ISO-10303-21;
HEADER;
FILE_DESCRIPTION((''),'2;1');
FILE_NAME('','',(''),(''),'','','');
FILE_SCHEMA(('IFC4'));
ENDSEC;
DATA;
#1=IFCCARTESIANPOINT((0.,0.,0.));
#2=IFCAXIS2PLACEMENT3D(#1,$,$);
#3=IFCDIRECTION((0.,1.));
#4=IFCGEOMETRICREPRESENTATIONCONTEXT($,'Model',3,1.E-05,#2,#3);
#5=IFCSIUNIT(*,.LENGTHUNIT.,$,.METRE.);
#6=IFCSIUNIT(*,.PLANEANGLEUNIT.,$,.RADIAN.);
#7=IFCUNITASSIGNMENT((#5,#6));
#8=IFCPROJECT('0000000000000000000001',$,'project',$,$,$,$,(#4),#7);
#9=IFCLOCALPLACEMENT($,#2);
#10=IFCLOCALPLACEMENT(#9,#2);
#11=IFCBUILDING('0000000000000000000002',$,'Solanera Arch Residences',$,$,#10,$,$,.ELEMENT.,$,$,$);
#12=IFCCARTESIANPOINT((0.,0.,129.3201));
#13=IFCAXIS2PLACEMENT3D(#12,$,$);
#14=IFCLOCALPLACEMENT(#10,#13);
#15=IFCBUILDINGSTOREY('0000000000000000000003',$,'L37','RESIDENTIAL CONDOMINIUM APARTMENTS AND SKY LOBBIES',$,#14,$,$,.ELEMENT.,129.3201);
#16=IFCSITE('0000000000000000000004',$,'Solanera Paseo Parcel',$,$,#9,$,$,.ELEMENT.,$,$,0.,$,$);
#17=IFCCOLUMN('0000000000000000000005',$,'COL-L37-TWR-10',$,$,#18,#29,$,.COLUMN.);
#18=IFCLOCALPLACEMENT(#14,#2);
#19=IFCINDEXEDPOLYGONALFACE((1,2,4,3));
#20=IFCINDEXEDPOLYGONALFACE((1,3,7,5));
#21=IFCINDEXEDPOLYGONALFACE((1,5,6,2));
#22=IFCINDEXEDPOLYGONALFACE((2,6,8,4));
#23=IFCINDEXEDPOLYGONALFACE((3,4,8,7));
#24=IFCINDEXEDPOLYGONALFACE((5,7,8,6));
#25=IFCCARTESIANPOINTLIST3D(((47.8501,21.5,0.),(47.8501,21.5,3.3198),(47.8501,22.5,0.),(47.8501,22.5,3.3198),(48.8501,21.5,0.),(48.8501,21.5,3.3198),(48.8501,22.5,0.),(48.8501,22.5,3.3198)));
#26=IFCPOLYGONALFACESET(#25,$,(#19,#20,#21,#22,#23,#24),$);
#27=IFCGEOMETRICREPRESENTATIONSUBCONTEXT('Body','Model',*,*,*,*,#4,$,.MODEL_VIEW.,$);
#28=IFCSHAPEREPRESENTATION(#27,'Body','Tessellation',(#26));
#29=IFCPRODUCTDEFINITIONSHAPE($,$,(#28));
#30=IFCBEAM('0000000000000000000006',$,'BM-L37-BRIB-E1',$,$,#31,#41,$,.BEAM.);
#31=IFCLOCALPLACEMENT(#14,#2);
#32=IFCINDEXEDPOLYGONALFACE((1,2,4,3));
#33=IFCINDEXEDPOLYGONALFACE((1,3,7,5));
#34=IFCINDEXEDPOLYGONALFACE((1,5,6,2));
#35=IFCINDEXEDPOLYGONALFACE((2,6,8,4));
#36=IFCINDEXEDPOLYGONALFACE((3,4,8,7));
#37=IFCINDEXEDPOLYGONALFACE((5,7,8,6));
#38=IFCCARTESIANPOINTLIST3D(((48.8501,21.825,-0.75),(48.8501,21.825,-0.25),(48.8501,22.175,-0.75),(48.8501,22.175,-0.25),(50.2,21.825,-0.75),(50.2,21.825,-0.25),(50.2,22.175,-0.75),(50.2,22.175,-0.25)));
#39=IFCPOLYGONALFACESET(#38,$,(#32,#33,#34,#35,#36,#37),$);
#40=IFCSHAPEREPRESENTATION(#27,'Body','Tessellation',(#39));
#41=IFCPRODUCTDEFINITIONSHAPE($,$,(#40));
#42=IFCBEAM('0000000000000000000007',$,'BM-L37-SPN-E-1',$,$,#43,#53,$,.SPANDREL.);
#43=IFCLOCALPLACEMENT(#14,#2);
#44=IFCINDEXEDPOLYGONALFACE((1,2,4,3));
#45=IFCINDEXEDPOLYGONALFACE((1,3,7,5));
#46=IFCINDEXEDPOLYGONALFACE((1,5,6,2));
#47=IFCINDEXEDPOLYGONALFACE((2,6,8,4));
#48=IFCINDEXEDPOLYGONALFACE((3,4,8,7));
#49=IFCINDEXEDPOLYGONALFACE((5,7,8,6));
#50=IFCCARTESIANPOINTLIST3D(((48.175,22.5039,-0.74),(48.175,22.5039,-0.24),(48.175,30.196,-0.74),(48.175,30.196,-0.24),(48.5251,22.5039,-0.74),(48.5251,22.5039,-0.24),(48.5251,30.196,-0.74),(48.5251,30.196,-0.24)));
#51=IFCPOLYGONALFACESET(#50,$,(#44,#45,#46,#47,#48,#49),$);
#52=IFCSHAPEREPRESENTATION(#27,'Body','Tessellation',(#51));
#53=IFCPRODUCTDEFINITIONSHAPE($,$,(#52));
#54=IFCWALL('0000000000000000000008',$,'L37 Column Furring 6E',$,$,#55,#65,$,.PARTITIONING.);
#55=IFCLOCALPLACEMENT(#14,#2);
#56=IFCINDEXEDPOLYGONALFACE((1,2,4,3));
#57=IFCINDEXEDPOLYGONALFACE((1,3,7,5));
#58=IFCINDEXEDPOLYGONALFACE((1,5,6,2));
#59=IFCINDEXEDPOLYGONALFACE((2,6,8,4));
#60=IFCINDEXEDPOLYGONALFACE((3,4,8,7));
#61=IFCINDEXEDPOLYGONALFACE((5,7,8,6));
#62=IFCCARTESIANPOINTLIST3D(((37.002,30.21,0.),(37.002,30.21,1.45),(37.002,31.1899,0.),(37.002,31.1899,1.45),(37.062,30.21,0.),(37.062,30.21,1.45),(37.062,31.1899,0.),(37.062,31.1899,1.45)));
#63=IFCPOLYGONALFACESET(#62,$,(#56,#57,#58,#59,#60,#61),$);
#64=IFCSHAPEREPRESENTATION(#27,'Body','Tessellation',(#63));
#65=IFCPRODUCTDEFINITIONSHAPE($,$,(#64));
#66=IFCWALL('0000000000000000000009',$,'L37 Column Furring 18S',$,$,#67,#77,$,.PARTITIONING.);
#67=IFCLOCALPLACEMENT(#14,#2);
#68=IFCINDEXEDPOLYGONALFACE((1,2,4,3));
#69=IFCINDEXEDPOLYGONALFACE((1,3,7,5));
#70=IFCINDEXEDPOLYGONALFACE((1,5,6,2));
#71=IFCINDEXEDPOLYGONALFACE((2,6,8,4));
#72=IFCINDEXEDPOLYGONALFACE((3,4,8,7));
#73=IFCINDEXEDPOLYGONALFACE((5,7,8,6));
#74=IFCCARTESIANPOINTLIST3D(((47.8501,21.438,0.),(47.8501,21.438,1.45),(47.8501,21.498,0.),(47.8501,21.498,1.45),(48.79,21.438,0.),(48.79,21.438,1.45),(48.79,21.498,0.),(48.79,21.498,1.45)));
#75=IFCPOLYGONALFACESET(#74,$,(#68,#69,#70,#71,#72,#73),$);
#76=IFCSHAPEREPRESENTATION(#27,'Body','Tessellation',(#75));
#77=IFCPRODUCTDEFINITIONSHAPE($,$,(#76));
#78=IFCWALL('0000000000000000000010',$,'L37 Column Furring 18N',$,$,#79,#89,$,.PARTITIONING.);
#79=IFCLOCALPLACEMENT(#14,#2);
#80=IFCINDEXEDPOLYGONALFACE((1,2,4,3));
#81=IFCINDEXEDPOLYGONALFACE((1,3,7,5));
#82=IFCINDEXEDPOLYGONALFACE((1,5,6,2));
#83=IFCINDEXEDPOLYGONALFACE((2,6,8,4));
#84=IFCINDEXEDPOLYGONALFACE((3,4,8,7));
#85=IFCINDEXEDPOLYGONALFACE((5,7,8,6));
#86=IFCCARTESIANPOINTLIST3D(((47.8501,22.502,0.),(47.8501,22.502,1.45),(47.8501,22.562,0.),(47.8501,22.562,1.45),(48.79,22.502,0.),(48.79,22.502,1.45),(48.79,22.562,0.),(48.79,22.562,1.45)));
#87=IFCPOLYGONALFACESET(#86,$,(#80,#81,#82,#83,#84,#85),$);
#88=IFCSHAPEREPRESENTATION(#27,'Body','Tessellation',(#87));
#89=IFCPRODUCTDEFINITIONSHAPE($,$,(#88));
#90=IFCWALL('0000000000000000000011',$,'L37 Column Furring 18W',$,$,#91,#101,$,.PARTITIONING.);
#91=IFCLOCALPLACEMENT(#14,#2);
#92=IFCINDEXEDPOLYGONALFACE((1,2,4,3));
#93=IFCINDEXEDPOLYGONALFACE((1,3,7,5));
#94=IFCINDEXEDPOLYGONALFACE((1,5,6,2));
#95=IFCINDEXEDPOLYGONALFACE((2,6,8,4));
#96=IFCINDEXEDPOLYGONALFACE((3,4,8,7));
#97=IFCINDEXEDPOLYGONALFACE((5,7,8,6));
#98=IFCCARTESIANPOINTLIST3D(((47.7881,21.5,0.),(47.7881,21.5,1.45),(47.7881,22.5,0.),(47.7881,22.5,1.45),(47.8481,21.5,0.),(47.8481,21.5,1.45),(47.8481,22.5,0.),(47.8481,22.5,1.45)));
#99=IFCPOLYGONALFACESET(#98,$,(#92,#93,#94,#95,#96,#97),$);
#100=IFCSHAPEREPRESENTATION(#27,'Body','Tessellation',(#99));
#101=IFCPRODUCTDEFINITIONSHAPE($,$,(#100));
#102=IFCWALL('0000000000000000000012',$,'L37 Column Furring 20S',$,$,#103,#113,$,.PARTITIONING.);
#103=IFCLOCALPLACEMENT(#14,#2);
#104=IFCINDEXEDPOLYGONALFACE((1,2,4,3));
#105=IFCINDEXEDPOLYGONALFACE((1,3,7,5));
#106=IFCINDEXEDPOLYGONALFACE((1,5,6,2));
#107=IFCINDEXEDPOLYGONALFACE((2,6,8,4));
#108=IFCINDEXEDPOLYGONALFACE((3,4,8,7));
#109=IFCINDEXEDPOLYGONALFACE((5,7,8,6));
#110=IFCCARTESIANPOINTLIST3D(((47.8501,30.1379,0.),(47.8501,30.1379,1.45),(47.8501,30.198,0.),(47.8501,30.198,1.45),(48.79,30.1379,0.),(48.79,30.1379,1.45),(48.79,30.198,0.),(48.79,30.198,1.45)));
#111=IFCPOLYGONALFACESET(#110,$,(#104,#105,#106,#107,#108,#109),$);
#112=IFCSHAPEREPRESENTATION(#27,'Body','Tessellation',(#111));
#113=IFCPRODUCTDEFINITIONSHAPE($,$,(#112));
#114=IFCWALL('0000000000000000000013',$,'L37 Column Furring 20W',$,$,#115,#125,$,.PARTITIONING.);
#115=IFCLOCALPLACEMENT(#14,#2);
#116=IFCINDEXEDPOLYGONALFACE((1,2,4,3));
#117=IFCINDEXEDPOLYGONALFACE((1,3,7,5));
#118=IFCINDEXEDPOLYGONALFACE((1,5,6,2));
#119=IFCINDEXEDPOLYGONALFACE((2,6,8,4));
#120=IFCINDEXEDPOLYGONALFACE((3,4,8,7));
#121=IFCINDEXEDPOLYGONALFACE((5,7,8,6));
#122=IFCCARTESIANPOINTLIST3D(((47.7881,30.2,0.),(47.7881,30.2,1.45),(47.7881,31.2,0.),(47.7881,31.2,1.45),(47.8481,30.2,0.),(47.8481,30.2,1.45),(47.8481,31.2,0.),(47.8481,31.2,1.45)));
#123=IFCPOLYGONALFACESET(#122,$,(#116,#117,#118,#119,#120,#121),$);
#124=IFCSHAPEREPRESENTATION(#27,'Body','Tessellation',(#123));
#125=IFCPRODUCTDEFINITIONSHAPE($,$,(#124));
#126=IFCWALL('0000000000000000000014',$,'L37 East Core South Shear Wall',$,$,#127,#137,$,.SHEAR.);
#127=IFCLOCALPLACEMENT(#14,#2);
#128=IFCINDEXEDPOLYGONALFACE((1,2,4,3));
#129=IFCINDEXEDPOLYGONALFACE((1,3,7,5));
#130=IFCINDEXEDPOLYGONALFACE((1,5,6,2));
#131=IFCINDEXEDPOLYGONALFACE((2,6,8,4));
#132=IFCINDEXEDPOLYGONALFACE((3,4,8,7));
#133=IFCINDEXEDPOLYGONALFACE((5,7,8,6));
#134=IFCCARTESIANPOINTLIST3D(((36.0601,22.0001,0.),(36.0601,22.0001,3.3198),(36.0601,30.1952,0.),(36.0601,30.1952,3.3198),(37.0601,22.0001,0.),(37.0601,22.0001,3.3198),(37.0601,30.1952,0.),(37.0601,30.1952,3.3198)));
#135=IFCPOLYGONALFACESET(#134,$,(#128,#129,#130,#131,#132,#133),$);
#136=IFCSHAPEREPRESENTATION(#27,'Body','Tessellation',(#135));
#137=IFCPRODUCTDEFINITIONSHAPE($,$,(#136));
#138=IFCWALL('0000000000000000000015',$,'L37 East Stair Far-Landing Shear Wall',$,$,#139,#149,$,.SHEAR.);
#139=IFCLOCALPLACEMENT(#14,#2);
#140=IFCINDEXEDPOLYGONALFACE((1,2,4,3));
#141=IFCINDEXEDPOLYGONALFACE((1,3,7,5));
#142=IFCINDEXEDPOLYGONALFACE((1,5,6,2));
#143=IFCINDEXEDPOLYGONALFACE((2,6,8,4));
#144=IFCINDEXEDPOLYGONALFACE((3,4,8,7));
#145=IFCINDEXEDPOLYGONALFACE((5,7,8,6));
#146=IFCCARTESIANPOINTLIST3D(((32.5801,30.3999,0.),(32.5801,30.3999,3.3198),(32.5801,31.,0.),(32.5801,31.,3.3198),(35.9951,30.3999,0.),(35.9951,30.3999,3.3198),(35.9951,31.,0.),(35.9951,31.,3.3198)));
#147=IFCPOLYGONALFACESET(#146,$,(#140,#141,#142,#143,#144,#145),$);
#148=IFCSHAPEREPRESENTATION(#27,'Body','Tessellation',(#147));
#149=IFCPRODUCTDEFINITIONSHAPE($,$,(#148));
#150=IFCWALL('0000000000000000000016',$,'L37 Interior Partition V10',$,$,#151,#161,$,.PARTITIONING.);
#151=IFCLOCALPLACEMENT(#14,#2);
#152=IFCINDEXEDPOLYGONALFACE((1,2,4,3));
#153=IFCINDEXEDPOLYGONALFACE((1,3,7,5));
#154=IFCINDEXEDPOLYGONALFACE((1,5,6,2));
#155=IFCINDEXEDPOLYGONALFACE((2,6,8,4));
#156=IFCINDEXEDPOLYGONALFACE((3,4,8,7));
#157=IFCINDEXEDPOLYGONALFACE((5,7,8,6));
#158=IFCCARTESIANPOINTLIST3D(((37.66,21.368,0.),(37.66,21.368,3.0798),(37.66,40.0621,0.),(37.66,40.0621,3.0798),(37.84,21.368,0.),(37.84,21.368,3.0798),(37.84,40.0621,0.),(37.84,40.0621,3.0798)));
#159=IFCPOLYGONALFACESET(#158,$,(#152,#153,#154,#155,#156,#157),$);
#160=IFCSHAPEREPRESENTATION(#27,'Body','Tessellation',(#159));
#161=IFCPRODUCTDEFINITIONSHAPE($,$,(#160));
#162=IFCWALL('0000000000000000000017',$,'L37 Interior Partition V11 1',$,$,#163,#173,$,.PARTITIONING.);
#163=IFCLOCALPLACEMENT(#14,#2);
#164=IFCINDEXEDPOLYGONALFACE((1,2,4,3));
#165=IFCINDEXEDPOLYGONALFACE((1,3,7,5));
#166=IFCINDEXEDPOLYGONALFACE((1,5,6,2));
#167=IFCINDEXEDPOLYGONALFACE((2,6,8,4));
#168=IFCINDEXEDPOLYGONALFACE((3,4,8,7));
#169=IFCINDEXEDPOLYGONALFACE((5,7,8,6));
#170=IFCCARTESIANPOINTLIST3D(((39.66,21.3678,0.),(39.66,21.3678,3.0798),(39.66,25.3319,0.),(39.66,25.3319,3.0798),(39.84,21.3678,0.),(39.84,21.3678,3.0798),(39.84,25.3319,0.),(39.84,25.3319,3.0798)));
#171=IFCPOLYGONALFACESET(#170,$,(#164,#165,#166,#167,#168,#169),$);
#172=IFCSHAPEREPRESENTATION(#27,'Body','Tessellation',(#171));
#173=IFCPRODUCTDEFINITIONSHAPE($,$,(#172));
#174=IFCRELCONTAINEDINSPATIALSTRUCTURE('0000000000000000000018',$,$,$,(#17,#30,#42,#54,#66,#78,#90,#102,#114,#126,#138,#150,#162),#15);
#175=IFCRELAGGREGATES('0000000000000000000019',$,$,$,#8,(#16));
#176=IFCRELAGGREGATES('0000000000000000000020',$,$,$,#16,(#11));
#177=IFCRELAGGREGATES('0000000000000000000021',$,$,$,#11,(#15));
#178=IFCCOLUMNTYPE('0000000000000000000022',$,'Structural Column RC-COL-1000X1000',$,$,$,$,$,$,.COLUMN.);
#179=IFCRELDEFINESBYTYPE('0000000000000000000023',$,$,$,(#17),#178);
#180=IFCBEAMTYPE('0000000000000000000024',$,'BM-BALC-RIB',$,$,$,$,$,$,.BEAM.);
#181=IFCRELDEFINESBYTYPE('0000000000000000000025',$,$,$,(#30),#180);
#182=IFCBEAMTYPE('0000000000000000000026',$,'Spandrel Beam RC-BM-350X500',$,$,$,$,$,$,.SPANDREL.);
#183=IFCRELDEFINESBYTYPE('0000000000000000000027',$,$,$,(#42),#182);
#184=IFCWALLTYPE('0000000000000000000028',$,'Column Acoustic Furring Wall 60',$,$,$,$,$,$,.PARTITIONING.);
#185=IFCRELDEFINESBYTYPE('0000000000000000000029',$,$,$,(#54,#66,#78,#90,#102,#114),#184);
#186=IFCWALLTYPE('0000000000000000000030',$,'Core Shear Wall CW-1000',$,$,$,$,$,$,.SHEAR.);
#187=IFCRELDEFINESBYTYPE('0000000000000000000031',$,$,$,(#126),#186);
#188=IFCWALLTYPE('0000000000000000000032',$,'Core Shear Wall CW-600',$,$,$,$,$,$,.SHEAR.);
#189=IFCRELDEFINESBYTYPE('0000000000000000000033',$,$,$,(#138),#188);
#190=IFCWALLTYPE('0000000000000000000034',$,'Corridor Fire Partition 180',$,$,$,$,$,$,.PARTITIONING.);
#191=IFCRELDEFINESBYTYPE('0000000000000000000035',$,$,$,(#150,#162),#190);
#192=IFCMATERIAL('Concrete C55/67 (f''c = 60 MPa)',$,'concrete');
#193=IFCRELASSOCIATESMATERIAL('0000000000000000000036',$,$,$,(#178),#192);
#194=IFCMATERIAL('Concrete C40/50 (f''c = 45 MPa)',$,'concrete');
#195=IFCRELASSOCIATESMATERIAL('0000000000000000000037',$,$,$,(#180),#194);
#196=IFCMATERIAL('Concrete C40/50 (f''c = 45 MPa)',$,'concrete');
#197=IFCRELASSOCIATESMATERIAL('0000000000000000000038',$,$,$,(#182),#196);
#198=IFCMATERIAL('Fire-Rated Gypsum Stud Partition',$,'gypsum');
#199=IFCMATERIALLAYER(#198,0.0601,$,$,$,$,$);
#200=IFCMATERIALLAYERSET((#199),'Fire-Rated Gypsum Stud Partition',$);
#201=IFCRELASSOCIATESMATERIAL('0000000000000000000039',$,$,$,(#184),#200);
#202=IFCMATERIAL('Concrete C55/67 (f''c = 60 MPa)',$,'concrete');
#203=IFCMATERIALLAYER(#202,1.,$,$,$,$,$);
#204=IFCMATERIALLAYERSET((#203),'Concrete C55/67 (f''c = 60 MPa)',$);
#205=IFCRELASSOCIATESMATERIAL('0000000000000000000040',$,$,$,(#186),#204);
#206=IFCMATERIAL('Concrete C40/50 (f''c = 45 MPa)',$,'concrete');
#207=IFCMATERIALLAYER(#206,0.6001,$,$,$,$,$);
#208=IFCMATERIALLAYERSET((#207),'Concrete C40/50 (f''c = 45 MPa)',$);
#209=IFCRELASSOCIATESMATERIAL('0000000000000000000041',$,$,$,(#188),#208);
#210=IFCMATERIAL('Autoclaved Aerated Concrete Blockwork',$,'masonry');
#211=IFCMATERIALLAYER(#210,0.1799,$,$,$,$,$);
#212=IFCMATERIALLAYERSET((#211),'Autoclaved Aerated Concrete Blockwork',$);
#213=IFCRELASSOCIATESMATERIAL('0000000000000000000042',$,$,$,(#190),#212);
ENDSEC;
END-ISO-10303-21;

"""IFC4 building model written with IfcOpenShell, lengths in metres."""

from ifc_helpers import new_model, si_unit, direction, frame, frame_2d, origin, origin_2d, place, context, subcontext, project, spatial, rectangle, extrude, material, layer, layer_set, material_profile, profile_set, type_object, element, save


model = new_model("IFC4")

# Units and contexts
model_context = context("Model", 3, precision=1e-05, world=origin(), true_north=direction((0.0, 1.0)))
body_context = subcontext(model_context, "Body", "Model", "MODEL_VIEW")
ifc_project = project(units=[si_unit("LENGTHUNIT", "METRE"), si_unit("PLANEANGLEUNIT", "RADIAN")], contexts=[model_context])

# Site, building, storey
site_placement = place(None, origin())
site = spatial("IfcSite", under=ifc_project, at=site_placement, Name="Solanera Paseo Parcel", CompositionType="ELEMENT", RefElevation=0.0)
building_placement = place(site_placement, origin())
building = spatial("IfcBuilding", under=site, at=building_placement, Name="Solanera Arch Residences", CompositionType="ELEMENT")
storey_placement = place(building_placement, frame((0.0, 0.0, 129.3201)))
storey = spatial("IfcBuildingStorey", under=building, at=storey_placement, Name="L37", Description="RESIDENTIAL CONDOMINIUM APARTMENTS AND SKY LOBBIES", CompositionType="ELEMENT", Elevation=129.3201)

# Column
ifc_material_1 = material(Name="Concrete C55/67 (f'c = 60 MPa)", Category="concrete")
ifc_material_profile_1 = material_profile(ifc_material_1, rectangle(XDim=1.0, YDim=1.0, at=origin_2d()))
ifc_profile_set_1 = profile_set([ifc_material_profile_1], Name="Concrete C55/67 (f'c = 60 MPa)")
column_type = type_object("IfcColumnType", Name="Structural Column RC-COL-1000X1000", PredefinedType="COLUMN", material=ifc_profile_set_1)
column_placement = place(storey_placement, frame((48.3501, 22.0, 0.0), z_axis=(0.0, 0.0, 1.0), x_axis=(1.0, 0.0, 0.0)))
element("IfcColumn", 1, at=column_placement, inside=storey, type_object=column_type, Name="COL-L37-TWR-10", PredefinedType="COLUMN", context=body_context, shape_type="SweptSolid", body=[
    extrude(rectangle(XDim=1.0, YDim=1.0, at=origin_2d()), origin(), (0.0, 0.0, 1.0), 3.3198),
])

# Beams
ifc_material_2 = material(Name="Concrete C40/50 (f'c = 45 MPa)", Category="concrete")
ifc_material_profile_2 = material_profile(ifc_material_2, rectangle(XDim=0.3501, YDim=0.5, at=origin_2d()))
ifc_profile_set_2 = profile_set([ifc_material_profile_2], Name="Concrete C40/50 (f'c = 45 MPa)")
beam_type_1 = type_object("IfcBeamType", Name="BM-BALC-RIB", PredefinedType="BEAM", material=ifc_profile_set_2)
beam_1_placement = place(storey_placement, frame((48.8501, 22.0, -0.5), z_axis=(1.0, 0.0, 0.0), x_axis=(0.0, 1.0, 0.0)))
element("IfcBeam", 2, at=beam_1_placement, inside=storey, type_object=beam_type_1, Name="BM-L37-BRIB-E1", PredefinedType="BEAM", context=body_context, shape_type="SweptSolid", body=[
    extrude(rectangle(XDim=0.3501, YDim=0.5, at=origin_2d()), origin(), (0.0, 0.0, 1.0), 1.3499),
])
ifc_material_3 = material(Name="Concrete C40/50 (f'c = 45 MPa)", Category="concrete")
ifc_material_profile_3 = material_profile(ifc_material_3, rectangle(XDim=0.3501, YDim=0.5, at=origin_2d()))
ifc_profile_set_3 = profile_set([ifc_material_profile_3], Name="Concrete C40/50 (f'c = 45 MPa)")
beam_type_2 = type_object("IfcBeamType", Name="Spandrel Beam RC-BM-350X500", PredefinedType="SPANDREL", material=ifc_profile_set_3)
beam_2_placement = place(storey_placement, frame((48.3501, 22.5039, -0.49), z_axis=(0.0, 1.0, 0.0), x_axis=(-1.0, 0.0, 0.0)))
element("IfcBeam", 3, at=beam_2_placement, inside=storey, type_object=beam_type_2, Name="BM-L37-SPN-E-1", PredefinedType="SPANDREL", context=body_context, shape_type="SweptSolid", body=[
    extrude(rectangle(XDim=0.3501, YDim=0.5, at=origin_2d()), origin(), (0.0, 0.0, 1.0), 7.6921),
])

# Walls
ifc_material_4 = material(Name="Fire-Rated Gypsum Stud Partition", Category="gypsum")
ifc_layer_1 = layer(ifc_material_4, 0.0601)
ifc_layer_set_1 = layer_set([ifc_layer_1], Name="Fire-Rated Gypsum Stud Partition")
wall_type_1 = type_object("IfcWallType", Name="Column Acoustic Furring Wall 60", PredefinedType="PARTITIONING", material=ifc_layer_set_1)
wall_1_placement = place(storey_placement, frame((37.032, 30.21, 0.0), z_axis=(0.0, 0.0, 1.0), x_axis=(0.0, 1.0, 0.0)))
element("IfcWall", 4, at=wall_1_placement, inside=storey, type_object=wall_type_1, Name="L37 Column Furring 6E", PredefinedType="PARTITIONING", context=body_context, shape_type="SweptSolid", body=[
    extrude(rectangle(XDim=0.98, YDim=0.0601, at=frame_2d((0.49, 0.0))), origin(), (0.0, 0.0, 1.0), 1.45),
])
for number, where, z_axis, x_axis, name in (
    (5, (47.8501, 21.468, 0.0), (0.0, 0.0, 1.0), (1.0, 0.0, 0.0), "L37 Column Furring 18S"),
    (6, (47.8501, 22.532, 0.0), (0.0, 0.0, 1.0), (1.0, 0.0, 0.0), "L37 Column Furring 18N"),
):
    element("IfcWall", number, at=place(storey_placement, frame(where, z_axis=z_axis, x_axis=x_axis)), inside=storey, type_object=wall_type_1, Name=name, PredefinedType="PARTITIONING", context=body_context, shape_type="SweptSolid", body=[
        extrude(rectangle(XDim=0.9399, YDim=0.0601, at=frame_2d((0.47, 0.0))), origin(), (0.0, 0.0, 1.0), 1.45),
    ])
wall_2_placement = place(storey_placement, frame((47.8181, 21.5, 0.0), z_axis=(0.0, 0.0, 1.0), x_axis=(0.0, 1.0, 0.0)))
element("IfcWall", 7, at=wall_2_placement, inside=storey, type_object=wall_type_1, Name="L37 Column Furring 18W", PredefinedType="PARTITIONING", context=body_context, shape_type="SweptSolid", body=[
    extrude(rectangle(XDim=1.0, YDim=0.0601, at=frame_2d((0.5, 0.0))), origin(), (0.0, 0.0, 1.0), 1.45),
])
wall_3_placement = place(storey_placement, frame((47.8501, 30.168, 0.0), z_axis=(0.0, 0.0, 1.0), x_axis=(1.0, 0.0, 0.0)))
element("IfcWall", 8, at=wall_3_placement, inside=storey, type_object=wall_type_1, Name="L37 Column Furring 20S", PredefinedType="PARTITIONING", context=body_context, shape_type="SweptSolid", body=[
    extrude(rectangle(XDim=0.9399, YDim=0.0601, at=frame_2d((0.47, 0.0))), origin(), (0.0, 0.0, 1.0), 1.45),
])
wall_4_placement = place(storey_placement, frame((47.8181, 30.2, 0.0), z_axis=(0.0, 0.0, 1.0), x_axis=(0.0, 1.0, 0.0)))
element("IfcWall", 9, at=wall_4_placement, inside=storey, type_object=wall_type_1, Name="L37 Column Furring 20W", PredefinedType="PARTITIONING", context=body_context, shape_type="SweptSolid", body=[
    extrude(rectangle(XDim=1.0, YDim=0.0601, at=frame_2d((0.5, 0.0))), origin(), (0.0, 0.0, 1.0), 1.45),
])
ifc_material_5 = material(Name="Concrete C55/67 (f'c = 60 MPa)", Category="concrete")
ifc_layer_2 = layer(ifc_material_5, 1.0)
ifc_layer_set_2 = layer_set([ifc_layer_2], Name="Concrete C55/67 (f'c = 60 MPa)")
wall_type_2 = type_object("IfcWallType", Name="Core Shear Wall CW-1000", PredefinedType="SHEAR", material=ifc_layer_set_2)
wall_5_placement = place(storey_placement, frame((36.5601, 22.0, 0.0), z_axis=(0.0, 0.0, 1.0), x_axis=(0.0, 1.0, 0.0)))
element("IfcWall", 10, at=wall_5_placement, inside=storey, type_object=wall_type_2, Name="L37 East Core South Shear Wall", PredefinedType="SHEAR", context=body_context, shape_type="SweptSolid", body=[
    extrude(rectangle(XDim=8.1951, YDim=1.0, at=frame_2d((4.0977, 0.0))), origin(), (0.0, 0.0, 1.0), 3.3198),
])
ifc_material_6 = material(Name="Concrete C40/50 (f'c = 45 MPa)", Category="concrete")
ifc_layer_3 = layer(ifc_material_6, 0.6001)
ifc_layer_set_3 = layer_set([ifc_layer_3], Name="Concrete C40/50 (f'c = 45 MPa)")
wall_type_3 = type_object("IfcWallType", Name="Core Shear Wall CW-600", PredefinedType="SHEAR", material=ifc_layer_set_3)
wall_6_placement = place(storey_placement, frame((32.5801, 30.7, 0.0), z_axis=(0.0, 0.0, 1.0), x_axis=(1.0, 0.0, 0.0)))
element("IfcWall", 11, at=wall_6_placement, inside=storey, type_object=wall_type_3, Name="L37 East Stair Far-Landing Shear Wall", PredefinedType="SHEAR", context=body_context, shape_type="SweptSolid", body=[
    extrude(rectangle(XDim=3.415, YDim=0.6001, at=frame_2d((1.7075, 0.0))), origin(), (0.0, 0.0, 1.0), 3.3198),
])
ifc_material_7 = material(Name="Autoclaved Aerated Concrete Blockwork", Category="masonry")
ifc_layer_4 = layer(ifc_material_7, 0.1799)
ifc_layer_set_4 = layer_set([ifc_layer_4], Name="Autoclaved Aerated Concrete Blockwork")
wall_type_4 = type_object("IfcWallType", Name="Corridor Fire Partition 180", PredefinedType="PARTITIONING", material=ifc_layer_set_4)
wall_7_placement = place(storey_placement, frame((37.75, 21.3679, 0.0), z_axis=(0.0, 0.0, 1.0), x_axis=(0.0, 1.0, 0.0)))
element("IfcWall", 12, at=wall_7_placement, inside=storey, type_object=wall_type_4, Name="L37 Interior Partition V10", PredefinedType="PARTITIONING", context=body_context, shape_type="SweptSolid", body=[
    extrude(rectangle(XDim=18.6941, YDim=0.1799, at=frame_2d((9.3472, 0.0))), origin(), (0.0, 0.0, 1.0), 3.0798),
])
wall_8_placement = place(storey_placement, frame((39.75, 21.3679, 0.0), z_axis=(0.0, 0.0, 1.0), x_axis=(0.0, 1.0, 0.0)))
element("IfcWall", 13, at=wall_8_placement, inside=storey, type_object=wall_type_4, Name="L37 Interior Partition V11 1", PredefinedType="PARTITIONING", context=body_context, shape_type="SweptSolid", body=[
    extrude(rectangle(XDim=3.9641, YDim=0.1799, at=frame_2d((1.9819, 0.0))), origin(), (0.0, 0.0, 1.0), 3.0798),
])

save(model, "model.ifc")
